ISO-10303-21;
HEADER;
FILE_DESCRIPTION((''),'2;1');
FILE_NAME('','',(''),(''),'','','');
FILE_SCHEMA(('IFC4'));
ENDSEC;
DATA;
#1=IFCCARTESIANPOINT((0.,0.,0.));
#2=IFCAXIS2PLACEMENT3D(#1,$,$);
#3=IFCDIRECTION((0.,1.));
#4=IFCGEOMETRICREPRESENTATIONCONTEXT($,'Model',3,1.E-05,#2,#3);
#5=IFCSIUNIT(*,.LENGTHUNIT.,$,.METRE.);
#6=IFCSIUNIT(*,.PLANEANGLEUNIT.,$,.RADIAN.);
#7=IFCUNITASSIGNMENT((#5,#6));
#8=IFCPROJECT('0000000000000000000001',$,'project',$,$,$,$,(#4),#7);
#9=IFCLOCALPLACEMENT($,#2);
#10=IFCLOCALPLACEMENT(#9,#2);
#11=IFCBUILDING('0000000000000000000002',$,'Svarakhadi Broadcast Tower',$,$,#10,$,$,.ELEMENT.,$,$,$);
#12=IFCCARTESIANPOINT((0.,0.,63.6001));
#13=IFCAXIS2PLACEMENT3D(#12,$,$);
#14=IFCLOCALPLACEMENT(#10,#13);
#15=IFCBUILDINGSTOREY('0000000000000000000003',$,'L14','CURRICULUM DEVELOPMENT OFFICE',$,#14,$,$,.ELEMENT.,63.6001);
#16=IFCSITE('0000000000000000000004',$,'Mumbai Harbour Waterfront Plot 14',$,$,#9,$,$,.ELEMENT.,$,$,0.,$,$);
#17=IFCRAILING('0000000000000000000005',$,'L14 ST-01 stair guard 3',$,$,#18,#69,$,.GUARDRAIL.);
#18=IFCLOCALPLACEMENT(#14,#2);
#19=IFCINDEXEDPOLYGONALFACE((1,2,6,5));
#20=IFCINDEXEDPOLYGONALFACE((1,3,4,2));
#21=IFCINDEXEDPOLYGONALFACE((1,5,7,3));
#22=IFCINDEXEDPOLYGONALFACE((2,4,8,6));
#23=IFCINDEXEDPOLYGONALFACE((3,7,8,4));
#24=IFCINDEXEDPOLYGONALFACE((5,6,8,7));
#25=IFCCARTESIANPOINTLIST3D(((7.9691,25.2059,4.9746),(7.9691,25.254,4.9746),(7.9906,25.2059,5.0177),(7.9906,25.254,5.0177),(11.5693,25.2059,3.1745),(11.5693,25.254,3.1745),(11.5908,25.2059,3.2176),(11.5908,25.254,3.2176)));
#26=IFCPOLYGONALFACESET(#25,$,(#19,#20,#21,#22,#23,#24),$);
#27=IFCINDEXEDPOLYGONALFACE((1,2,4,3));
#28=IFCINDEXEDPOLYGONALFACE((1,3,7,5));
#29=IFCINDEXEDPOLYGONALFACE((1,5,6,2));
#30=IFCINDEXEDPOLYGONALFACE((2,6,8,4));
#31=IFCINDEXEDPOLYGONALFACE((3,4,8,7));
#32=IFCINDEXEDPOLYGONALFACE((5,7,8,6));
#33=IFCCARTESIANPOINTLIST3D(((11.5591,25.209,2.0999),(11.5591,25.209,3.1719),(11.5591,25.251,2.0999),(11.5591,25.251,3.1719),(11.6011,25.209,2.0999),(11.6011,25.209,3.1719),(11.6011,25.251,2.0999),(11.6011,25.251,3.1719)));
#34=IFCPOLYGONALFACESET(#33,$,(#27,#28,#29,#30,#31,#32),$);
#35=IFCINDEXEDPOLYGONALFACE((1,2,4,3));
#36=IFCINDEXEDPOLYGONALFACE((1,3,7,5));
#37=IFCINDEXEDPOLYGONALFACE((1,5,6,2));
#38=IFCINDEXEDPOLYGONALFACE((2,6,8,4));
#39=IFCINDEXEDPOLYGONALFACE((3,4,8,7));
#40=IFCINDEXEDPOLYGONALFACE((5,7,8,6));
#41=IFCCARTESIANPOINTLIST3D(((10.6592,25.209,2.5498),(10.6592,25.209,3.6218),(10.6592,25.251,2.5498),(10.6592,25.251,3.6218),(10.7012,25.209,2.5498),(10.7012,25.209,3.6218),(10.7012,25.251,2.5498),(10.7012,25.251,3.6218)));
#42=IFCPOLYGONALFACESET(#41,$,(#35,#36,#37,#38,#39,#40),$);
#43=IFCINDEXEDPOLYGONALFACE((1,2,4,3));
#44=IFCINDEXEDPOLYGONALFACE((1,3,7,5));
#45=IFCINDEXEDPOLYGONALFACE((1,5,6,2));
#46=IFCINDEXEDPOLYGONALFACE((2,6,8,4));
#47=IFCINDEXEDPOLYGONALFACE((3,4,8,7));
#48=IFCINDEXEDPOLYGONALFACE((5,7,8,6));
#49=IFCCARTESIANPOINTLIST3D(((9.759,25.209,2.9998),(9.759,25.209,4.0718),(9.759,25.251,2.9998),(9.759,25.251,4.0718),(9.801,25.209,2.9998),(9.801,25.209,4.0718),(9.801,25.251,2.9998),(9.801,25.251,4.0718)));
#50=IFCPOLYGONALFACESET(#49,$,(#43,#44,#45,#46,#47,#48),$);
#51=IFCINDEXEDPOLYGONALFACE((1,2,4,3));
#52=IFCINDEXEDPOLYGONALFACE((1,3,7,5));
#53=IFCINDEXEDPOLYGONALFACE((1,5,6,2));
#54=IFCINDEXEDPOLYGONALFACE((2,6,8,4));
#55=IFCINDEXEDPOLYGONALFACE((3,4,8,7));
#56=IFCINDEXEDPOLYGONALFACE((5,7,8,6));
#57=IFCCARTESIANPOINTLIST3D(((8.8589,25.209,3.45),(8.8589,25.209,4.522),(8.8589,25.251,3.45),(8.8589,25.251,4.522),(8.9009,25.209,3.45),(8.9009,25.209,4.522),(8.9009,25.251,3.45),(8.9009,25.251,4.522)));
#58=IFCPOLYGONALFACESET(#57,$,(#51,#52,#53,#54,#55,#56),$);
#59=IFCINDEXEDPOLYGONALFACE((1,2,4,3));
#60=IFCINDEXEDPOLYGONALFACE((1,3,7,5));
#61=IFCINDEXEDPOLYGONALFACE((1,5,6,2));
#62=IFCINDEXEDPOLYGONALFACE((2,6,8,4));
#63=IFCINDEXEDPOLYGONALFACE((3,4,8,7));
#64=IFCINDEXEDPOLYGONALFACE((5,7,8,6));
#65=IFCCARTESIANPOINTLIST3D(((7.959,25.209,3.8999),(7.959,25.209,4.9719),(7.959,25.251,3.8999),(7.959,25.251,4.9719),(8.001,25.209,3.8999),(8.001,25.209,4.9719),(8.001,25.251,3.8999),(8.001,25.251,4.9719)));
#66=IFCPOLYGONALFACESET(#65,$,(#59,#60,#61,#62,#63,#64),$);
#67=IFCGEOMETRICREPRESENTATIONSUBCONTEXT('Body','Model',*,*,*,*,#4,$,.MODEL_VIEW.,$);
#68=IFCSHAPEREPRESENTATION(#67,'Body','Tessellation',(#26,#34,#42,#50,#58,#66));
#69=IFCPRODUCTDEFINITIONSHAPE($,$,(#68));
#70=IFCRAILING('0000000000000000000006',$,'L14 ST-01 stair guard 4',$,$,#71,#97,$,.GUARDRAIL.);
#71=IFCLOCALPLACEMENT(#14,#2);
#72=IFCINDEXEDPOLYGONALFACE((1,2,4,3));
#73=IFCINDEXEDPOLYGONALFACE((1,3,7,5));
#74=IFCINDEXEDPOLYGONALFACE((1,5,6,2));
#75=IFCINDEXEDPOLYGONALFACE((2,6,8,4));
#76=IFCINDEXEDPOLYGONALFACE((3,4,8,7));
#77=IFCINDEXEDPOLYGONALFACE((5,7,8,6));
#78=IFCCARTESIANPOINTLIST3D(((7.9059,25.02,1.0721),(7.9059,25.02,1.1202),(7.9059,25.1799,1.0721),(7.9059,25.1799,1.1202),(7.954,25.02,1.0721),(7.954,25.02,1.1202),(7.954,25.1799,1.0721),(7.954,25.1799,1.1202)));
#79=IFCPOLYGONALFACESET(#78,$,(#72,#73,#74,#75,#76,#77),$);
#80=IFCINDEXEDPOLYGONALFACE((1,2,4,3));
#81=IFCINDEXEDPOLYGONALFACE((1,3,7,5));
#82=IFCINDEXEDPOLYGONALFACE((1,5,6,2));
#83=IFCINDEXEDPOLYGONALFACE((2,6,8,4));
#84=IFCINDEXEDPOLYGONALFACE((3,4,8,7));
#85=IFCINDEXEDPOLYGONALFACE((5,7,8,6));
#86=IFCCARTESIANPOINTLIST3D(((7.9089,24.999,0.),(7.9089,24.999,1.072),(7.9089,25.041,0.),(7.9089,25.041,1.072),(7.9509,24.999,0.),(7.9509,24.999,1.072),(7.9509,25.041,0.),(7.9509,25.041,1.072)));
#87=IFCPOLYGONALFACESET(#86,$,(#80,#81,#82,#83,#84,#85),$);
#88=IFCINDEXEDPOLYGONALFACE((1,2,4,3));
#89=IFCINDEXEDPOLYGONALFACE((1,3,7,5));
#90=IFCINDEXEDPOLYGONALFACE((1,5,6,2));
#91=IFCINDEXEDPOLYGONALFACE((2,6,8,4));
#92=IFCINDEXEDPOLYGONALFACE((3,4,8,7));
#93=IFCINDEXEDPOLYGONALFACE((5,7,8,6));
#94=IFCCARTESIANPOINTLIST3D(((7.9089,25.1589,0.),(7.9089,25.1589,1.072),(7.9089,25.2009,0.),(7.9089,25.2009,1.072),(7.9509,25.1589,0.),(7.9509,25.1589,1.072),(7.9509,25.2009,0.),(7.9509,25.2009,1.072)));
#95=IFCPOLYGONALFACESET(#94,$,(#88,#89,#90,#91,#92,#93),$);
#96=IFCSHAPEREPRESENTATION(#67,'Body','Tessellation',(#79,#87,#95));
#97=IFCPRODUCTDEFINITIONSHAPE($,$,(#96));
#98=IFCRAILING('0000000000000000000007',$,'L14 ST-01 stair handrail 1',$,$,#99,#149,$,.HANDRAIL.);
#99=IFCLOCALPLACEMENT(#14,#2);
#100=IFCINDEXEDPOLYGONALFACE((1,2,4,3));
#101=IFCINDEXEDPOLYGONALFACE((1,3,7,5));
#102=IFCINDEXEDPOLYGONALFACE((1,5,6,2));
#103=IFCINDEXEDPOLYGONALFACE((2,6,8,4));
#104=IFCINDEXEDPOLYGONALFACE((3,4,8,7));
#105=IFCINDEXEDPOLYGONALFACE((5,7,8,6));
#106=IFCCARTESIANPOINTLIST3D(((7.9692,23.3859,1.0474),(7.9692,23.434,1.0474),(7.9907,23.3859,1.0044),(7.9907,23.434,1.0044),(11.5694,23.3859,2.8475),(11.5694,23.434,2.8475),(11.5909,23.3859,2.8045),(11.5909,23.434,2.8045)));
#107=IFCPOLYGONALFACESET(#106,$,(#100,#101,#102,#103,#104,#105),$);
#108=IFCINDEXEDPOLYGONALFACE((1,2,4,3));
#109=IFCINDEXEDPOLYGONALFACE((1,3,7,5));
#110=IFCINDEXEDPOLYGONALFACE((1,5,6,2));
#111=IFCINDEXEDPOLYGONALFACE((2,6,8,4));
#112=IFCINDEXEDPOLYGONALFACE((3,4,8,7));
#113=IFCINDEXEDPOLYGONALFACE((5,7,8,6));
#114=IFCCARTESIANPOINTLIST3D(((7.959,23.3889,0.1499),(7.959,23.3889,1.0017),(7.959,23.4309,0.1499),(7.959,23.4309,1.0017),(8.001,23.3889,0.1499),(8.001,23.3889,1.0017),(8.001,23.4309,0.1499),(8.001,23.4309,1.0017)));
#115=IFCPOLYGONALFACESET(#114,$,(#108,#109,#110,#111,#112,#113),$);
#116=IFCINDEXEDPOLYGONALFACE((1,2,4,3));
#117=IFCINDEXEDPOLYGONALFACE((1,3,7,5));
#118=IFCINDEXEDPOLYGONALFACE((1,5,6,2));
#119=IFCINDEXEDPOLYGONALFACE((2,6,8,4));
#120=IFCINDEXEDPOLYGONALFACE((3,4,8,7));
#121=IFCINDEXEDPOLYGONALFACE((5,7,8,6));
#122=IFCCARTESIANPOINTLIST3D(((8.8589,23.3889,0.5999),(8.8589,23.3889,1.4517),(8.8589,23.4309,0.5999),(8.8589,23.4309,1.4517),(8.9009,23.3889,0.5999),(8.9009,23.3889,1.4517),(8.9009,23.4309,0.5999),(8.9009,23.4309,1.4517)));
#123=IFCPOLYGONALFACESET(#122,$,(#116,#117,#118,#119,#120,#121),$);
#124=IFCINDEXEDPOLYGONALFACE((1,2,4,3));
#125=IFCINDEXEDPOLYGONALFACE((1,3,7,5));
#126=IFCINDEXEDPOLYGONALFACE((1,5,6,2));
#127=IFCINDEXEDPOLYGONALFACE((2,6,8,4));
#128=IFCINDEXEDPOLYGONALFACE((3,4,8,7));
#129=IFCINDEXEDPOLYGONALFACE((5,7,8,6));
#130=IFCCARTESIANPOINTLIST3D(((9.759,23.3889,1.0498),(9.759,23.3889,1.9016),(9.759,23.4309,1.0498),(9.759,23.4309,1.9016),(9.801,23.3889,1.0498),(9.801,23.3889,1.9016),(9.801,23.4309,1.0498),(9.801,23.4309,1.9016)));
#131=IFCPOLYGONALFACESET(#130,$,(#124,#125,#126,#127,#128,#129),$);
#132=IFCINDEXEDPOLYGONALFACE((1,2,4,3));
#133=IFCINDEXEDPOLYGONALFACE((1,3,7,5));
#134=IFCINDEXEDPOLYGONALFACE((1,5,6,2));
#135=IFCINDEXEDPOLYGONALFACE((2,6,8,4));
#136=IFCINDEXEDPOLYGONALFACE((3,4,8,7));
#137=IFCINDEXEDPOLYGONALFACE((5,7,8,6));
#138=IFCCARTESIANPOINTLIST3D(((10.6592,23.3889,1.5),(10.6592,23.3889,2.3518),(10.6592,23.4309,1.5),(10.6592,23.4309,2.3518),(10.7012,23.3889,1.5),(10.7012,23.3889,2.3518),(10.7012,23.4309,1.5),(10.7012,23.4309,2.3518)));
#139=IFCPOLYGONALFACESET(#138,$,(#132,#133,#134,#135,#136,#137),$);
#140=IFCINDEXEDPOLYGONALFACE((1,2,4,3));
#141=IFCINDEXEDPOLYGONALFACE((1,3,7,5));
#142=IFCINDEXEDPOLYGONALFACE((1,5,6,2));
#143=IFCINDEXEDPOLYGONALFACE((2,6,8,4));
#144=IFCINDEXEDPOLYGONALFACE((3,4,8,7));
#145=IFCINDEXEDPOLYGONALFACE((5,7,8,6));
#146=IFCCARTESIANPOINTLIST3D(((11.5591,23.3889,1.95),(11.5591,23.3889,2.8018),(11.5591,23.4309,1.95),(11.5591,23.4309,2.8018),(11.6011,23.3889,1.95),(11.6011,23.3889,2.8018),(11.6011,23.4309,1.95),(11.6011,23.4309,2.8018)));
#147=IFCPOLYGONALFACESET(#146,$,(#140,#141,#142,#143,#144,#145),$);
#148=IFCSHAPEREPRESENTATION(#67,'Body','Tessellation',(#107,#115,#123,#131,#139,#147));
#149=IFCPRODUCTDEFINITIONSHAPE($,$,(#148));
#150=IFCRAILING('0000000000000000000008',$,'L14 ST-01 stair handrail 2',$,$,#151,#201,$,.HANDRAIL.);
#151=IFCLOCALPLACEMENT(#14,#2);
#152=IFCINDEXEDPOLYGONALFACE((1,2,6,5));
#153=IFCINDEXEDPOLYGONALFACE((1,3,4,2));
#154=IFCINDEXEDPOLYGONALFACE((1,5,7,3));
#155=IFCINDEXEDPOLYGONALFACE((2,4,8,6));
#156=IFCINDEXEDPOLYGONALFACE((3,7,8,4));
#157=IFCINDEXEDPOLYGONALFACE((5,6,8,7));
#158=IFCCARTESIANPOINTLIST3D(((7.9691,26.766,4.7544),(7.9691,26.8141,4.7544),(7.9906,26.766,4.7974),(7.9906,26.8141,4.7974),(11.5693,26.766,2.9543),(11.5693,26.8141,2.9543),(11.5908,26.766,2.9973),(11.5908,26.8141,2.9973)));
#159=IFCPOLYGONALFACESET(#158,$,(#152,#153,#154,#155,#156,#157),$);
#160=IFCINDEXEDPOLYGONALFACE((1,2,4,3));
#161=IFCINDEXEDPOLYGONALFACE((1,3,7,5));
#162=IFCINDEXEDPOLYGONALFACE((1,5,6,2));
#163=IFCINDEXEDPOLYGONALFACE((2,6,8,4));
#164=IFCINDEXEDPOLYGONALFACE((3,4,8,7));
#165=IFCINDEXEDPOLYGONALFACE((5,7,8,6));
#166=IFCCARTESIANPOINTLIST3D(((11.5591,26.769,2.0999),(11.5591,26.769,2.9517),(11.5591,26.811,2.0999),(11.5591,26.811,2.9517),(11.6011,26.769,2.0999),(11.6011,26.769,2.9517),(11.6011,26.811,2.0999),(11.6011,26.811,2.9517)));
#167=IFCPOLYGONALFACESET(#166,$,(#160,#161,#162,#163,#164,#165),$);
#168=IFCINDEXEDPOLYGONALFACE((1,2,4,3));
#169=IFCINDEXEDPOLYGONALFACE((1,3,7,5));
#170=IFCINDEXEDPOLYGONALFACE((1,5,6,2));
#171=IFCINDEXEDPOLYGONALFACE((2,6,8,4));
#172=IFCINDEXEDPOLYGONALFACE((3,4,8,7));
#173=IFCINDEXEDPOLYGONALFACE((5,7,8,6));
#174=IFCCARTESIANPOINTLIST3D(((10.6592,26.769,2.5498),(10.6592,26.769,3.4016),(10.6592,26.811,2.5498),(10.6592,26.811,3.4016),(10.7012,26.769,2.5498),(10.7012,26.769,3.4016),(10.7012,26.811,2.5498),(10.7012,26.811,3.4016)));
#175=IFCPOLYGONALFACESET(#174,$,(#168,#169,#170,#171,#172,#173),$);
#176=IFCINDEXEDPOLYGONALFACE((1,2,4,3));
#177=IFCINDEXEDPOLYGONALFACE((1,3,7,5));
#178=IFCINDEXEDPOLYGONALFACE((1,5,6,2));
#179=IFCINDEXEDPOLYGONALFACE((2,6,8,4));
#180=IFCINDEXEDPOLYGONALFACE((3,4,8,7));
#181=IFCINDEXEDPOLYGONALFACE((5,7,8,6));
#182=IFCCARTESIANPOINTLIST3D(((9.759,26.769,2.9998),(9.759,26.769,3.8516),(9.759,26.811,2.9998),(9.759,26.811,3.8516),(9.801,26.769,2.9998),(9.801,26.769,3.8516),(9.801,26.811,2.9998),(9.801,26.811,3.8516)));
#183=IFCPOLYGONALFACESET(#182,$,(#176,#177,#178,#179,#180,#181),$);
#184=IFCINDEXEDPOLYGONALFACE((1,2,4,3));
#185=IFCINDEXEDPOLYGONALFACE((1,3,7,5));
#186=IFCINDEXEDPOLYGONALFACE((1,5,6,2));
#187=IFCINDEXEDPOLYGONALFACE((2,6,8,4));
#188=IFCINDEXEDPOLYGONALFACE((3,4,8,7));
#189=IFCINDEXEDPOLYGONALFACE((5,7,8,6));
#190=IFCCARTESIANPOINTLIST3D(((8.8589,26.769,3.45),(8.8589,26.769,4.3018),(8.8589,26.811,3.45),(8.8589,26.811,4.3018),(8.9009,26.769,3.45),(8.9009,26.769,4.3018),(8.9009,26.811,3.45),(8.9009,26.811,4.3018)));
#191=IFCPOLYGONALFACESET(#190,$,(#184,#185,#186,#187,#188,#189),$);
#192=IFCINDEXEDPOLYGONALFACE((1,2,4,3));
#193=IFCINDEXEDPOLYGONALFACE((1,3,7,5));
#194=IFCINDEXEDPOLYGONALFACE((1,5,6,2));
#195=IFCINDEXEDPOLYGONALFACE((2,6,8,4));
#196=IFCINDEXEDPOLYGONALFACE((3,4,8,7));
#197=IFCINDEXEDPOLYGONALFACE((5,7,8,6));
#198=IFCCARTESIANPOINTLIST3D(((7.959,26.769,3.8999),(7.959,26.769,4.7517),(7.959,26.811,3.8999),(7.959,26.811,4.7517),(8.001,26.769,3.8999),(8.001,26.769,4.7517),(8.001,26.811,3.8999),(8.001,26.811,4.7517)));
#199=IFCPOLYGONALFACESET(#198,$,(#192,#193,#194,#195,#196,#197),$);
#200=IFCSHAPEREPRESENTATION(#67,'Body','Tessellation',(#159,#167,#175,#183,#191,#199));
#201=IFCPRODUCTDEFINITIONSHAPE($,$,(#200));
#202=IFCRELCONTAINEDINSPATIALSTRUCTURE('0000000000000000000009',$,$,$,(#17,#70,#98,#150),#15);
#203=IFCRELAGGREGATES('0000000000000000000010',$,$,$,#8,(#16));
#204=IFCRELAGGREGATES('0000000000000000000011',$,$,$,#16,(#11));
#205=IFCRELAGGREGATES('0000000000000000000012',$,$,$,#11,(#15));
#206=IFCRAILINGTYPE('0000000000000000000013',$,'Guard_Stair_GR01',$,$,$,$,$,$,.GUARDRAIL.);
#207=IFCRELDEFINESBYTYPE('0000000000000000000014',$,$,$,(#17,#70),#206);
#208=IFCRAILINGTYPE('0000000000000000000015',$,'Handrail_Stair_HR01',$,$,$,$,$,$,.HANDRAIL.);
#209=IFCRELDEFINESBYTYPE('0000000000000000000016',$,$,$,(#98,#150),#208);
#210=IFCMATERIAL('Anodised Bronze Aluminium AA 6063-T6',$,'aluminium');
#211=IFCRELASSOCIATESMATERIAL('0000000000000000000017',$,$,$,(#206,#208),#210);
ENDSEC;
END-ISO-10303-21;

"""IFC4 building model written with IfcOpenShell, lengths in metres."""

from ifc_helpers import new_model, si_unit, direction, frame, origin, origin_2d, place, context, subcontext, project, spatial, rectangle, extrude, material, type_object, element, save


model = new_model("IFC4")

# Units and contexts
model_context = context("Model", 3, precision=1e-05, world=origin(), true_north=direction((0.0, 1.0)))
body_context = subcontext(model_context, "Body", "Model", "MODEL_VIEW")
ifc_project = project(units=[si_unit("LENGTHUNIT", "METRE"), si_unit("PLANEANGLEUNIT", "RADIAN")], contexts=[model_context])

# Site, building, storey
site_placement = place(None, origin())
site = spatial("IfcSite", under=ifc_project, at=site_placement, Name="Mumbai Harbour Waterfront Plot 14", CompositionType="ELEMENT", RefElevation=0.0)
building_placement = place(site_placement, origin())
building = spatial("IfcBuilding", under=site, at=building_placement, Name="Svarakhadi Broadcast Tower", CompositionType="ELEMENT")
storey_placement = place(building_placement, frame((0.0, 0.0, 63.6001)))
storey = spatial("IfcBuildingStorey", under=building, at=storey_placement, Name="L14", Description="CURRICULUM DEVELOPMENT OFFICE", CompositionType="ELEMENT", Elevation=63.6001)

# Railings
ifc_material_1 = material(Name="Anodised Bronze Aluminium AA 6063-T6", Category="aluminium")
railing_type_1 = type_object("IfcRailingType", Name="Guard_Stair_GR01", PredefinedType="GUARDRAIL", material=ifc_material_1)
railing_1_placement = place(storey_placement, frame((11.5801, 25.23, 2.0999)))
element("IfcRailing", 1, at=railing_1_placement, inside=storey, type_object=railing_type_1, Name="L14 ST-01 stair guard 3", PredefinedType="GUARDRAIL", context=body_context, shape_type="SweptSolid", body=[
    extrude(rectangle(XDim=0.0481, YDim=0.0481, at=origin_2d()), frame((0.0, 0.0, 1.0962), z_axis=(-0.894427, 0.0, 0.447214), x_axis=(0.0, -1.0, 0.0)), (0.0, 0.0, 1.0), 4.0251),
    extrude(rectangle(XDim=0.042, YDim=0.042, at=origin_2d()), origin(), (0.0, 0.0, 1.0), 1.072),
    extrude(rectangle(XDim=0.042, YDim=0.042, at=origin_2d()), frame((-0.8999, 0.0, 0.45)), (0.0, 0.0, 1.0), 1.072),
    extrude(rectangle(XDim=0.042, YDim=0.042, at=origin_2d()), frame((-1.8, 0.0, 0.8999)), (0.0, 0.0, 1.0), 1.072),
    extrude(rectangle(XDim=0.042, YDim=0.042, at=origin_2d()), frame((-2.7002, 0.0, 1.3501)), (0.0, 0.0, 1.0), 1.072),
    extrude(rectangle(XDim=0.042, YDim=0.042, at=origin_2d()), frame((-3.6001, 0.0, 1.8)), (0.0, 0.0, 1.0), 1.072),
])
railing_2_placement = place(storey_placement, frame((7.9299, 25.02, 0.0)))
element("IfcRailing", 2, at=railing_2_placement, inside=storey, type_object=railing_type_1, Name="L14 ST-01 stair guard 4", PredefinedType="GUARDRAIL", context=body_context, shape_type="SweptSolid", body=[
    extrude(rectangle(XDim=0.0481, YDim=0.0481, at=origin_2d()), frame((0.0, 0.0, 1.0962), z_axis=(0.0, 1.0, 0.0), x_axis=(-1.0, 0.0, 0.0)), (0.0, 0.0, 1.0), 0.1599),
    extrude(rectangle(XDim=0.042, YDim=0.042, at=origin_2d()), origin(), (0.0, 0.0, 1.0), 1.072),
    extrude(rectangle(XDim=0.042, YDim=0.042, at=origin_2d()), frame((0.0, 0.1599, 0.0)), (0.0, 0.0, 1.0), 1.072),
])
railing_type_2 = type_object("IfcRailingType", Name="Handrail_Stair_HR01", PredefinedType="HANDRAIL", material=ifc_material_1)
railing_3_placement = place(storey_placement, frame((7.98, 23.4099, 0.1499)))
element("IfcRailing", 3, at=railing_3_placement, inside=storey, type_object=railing_type_2, Name="L14 ST-01 stair handrail 1", PredefinedType="HANDRAIL", context=body_context, shape_type="SweptSolid", body=[
    extrude(rectangle(XDim=0.0481, YDim=0.0481, at=origin_2d()), frame((0.0, 0.0, 0.876), z_axis=(0.894427, 0.0, 0.447214), x_axis=(0.0, 1.0, 0.0)), (0.0, 0.0, 1.0), 4.0251),
    extrude(rectangle(XDim=0.042, YDim=0.042, at=origin_2d()), origin(), (0.0, 0.0, 1.0), 0.8518),
    extrude(rectangle(XDim=0.042, YDim=0.042, at=origin_2d()), frame((0.8999, 0.0, 0.45)), (0.0, 0.0, 1.0), 0.8518),
    extrude(rectangle(XDim=0.042, YDim=0.042, at=origin_2d()), frame((1.8, 0.0, 0.8999)), (0.0, 0.0, 1.0), 0.8518),
    extrude(rectangle(XDim=0.042, YDim=0.042, at=origin_2d()), frame((2.7002, 0.0, 1.3501)), (0.0, 0.0, 1.0), 0.8518),
    extrude(rectangle(XDim=0.042, YDim=0.042, at=origin_2d()), frame((3.6001, 0.0, 1.8)), (0.0, 0.0, 1.0), 0.8518),
])
railing_4_placement = place(storey_placement, frame((11.5801, 26.79, 2.0999)))
element("IfcRailing", 4, at=railing_4_placement, inside=storey, type_object=railing_type_2, Name="L14 ST-01 stair handrail 2", PredefinedType="HANDRAIL", context=body_context, shape_type="SweptSolid", body=[
    extrude(rectangle(XDim=0.0481, YDim=0.0481, at=origin_2d()), frame((0.0, 0.0, 0.876), z_axis=(-0.894427, 0.0, 0.447214), x_axis=(0.0, -1.0, 0.0)), (0.0, 0.0, 1.0), 4.0251),
    extrude(rectangle(XDim=0.042, YDim=0.042, at=origin_2d()), origin(), (0.0, 0.0, 1.0), 0.8518),
    extrude(rectangle(XDim=0.042, YDim=0.042, at=origin_2d()), frame((-0.8999, 0.0, 0.45)), (0.0, 0.0, 1.0), 0.8518),
    extrude(rectangle(XDim=0.042, YDim=0.042, at=origin_2d()), frame((-1.8, 0.0, 0.8999)), (0.0, 0.0, 1.0), 0.8518),
    extrude(rectangle(XDim=0.042, YDim=0.042, at=origin_2d()), frame((-2.7002, 0.0, 1.3501)), (0.0, 0.0, 1.0), 0.8518),
    extrude(rectangle(XDim=0.042, YDim=0.042, at=origin_2d()), frame((-3.6001, 0.0, 1.8)), (0.0, 0.0, 1.0), 0.8518),
])

save(model, "model.ifc")
